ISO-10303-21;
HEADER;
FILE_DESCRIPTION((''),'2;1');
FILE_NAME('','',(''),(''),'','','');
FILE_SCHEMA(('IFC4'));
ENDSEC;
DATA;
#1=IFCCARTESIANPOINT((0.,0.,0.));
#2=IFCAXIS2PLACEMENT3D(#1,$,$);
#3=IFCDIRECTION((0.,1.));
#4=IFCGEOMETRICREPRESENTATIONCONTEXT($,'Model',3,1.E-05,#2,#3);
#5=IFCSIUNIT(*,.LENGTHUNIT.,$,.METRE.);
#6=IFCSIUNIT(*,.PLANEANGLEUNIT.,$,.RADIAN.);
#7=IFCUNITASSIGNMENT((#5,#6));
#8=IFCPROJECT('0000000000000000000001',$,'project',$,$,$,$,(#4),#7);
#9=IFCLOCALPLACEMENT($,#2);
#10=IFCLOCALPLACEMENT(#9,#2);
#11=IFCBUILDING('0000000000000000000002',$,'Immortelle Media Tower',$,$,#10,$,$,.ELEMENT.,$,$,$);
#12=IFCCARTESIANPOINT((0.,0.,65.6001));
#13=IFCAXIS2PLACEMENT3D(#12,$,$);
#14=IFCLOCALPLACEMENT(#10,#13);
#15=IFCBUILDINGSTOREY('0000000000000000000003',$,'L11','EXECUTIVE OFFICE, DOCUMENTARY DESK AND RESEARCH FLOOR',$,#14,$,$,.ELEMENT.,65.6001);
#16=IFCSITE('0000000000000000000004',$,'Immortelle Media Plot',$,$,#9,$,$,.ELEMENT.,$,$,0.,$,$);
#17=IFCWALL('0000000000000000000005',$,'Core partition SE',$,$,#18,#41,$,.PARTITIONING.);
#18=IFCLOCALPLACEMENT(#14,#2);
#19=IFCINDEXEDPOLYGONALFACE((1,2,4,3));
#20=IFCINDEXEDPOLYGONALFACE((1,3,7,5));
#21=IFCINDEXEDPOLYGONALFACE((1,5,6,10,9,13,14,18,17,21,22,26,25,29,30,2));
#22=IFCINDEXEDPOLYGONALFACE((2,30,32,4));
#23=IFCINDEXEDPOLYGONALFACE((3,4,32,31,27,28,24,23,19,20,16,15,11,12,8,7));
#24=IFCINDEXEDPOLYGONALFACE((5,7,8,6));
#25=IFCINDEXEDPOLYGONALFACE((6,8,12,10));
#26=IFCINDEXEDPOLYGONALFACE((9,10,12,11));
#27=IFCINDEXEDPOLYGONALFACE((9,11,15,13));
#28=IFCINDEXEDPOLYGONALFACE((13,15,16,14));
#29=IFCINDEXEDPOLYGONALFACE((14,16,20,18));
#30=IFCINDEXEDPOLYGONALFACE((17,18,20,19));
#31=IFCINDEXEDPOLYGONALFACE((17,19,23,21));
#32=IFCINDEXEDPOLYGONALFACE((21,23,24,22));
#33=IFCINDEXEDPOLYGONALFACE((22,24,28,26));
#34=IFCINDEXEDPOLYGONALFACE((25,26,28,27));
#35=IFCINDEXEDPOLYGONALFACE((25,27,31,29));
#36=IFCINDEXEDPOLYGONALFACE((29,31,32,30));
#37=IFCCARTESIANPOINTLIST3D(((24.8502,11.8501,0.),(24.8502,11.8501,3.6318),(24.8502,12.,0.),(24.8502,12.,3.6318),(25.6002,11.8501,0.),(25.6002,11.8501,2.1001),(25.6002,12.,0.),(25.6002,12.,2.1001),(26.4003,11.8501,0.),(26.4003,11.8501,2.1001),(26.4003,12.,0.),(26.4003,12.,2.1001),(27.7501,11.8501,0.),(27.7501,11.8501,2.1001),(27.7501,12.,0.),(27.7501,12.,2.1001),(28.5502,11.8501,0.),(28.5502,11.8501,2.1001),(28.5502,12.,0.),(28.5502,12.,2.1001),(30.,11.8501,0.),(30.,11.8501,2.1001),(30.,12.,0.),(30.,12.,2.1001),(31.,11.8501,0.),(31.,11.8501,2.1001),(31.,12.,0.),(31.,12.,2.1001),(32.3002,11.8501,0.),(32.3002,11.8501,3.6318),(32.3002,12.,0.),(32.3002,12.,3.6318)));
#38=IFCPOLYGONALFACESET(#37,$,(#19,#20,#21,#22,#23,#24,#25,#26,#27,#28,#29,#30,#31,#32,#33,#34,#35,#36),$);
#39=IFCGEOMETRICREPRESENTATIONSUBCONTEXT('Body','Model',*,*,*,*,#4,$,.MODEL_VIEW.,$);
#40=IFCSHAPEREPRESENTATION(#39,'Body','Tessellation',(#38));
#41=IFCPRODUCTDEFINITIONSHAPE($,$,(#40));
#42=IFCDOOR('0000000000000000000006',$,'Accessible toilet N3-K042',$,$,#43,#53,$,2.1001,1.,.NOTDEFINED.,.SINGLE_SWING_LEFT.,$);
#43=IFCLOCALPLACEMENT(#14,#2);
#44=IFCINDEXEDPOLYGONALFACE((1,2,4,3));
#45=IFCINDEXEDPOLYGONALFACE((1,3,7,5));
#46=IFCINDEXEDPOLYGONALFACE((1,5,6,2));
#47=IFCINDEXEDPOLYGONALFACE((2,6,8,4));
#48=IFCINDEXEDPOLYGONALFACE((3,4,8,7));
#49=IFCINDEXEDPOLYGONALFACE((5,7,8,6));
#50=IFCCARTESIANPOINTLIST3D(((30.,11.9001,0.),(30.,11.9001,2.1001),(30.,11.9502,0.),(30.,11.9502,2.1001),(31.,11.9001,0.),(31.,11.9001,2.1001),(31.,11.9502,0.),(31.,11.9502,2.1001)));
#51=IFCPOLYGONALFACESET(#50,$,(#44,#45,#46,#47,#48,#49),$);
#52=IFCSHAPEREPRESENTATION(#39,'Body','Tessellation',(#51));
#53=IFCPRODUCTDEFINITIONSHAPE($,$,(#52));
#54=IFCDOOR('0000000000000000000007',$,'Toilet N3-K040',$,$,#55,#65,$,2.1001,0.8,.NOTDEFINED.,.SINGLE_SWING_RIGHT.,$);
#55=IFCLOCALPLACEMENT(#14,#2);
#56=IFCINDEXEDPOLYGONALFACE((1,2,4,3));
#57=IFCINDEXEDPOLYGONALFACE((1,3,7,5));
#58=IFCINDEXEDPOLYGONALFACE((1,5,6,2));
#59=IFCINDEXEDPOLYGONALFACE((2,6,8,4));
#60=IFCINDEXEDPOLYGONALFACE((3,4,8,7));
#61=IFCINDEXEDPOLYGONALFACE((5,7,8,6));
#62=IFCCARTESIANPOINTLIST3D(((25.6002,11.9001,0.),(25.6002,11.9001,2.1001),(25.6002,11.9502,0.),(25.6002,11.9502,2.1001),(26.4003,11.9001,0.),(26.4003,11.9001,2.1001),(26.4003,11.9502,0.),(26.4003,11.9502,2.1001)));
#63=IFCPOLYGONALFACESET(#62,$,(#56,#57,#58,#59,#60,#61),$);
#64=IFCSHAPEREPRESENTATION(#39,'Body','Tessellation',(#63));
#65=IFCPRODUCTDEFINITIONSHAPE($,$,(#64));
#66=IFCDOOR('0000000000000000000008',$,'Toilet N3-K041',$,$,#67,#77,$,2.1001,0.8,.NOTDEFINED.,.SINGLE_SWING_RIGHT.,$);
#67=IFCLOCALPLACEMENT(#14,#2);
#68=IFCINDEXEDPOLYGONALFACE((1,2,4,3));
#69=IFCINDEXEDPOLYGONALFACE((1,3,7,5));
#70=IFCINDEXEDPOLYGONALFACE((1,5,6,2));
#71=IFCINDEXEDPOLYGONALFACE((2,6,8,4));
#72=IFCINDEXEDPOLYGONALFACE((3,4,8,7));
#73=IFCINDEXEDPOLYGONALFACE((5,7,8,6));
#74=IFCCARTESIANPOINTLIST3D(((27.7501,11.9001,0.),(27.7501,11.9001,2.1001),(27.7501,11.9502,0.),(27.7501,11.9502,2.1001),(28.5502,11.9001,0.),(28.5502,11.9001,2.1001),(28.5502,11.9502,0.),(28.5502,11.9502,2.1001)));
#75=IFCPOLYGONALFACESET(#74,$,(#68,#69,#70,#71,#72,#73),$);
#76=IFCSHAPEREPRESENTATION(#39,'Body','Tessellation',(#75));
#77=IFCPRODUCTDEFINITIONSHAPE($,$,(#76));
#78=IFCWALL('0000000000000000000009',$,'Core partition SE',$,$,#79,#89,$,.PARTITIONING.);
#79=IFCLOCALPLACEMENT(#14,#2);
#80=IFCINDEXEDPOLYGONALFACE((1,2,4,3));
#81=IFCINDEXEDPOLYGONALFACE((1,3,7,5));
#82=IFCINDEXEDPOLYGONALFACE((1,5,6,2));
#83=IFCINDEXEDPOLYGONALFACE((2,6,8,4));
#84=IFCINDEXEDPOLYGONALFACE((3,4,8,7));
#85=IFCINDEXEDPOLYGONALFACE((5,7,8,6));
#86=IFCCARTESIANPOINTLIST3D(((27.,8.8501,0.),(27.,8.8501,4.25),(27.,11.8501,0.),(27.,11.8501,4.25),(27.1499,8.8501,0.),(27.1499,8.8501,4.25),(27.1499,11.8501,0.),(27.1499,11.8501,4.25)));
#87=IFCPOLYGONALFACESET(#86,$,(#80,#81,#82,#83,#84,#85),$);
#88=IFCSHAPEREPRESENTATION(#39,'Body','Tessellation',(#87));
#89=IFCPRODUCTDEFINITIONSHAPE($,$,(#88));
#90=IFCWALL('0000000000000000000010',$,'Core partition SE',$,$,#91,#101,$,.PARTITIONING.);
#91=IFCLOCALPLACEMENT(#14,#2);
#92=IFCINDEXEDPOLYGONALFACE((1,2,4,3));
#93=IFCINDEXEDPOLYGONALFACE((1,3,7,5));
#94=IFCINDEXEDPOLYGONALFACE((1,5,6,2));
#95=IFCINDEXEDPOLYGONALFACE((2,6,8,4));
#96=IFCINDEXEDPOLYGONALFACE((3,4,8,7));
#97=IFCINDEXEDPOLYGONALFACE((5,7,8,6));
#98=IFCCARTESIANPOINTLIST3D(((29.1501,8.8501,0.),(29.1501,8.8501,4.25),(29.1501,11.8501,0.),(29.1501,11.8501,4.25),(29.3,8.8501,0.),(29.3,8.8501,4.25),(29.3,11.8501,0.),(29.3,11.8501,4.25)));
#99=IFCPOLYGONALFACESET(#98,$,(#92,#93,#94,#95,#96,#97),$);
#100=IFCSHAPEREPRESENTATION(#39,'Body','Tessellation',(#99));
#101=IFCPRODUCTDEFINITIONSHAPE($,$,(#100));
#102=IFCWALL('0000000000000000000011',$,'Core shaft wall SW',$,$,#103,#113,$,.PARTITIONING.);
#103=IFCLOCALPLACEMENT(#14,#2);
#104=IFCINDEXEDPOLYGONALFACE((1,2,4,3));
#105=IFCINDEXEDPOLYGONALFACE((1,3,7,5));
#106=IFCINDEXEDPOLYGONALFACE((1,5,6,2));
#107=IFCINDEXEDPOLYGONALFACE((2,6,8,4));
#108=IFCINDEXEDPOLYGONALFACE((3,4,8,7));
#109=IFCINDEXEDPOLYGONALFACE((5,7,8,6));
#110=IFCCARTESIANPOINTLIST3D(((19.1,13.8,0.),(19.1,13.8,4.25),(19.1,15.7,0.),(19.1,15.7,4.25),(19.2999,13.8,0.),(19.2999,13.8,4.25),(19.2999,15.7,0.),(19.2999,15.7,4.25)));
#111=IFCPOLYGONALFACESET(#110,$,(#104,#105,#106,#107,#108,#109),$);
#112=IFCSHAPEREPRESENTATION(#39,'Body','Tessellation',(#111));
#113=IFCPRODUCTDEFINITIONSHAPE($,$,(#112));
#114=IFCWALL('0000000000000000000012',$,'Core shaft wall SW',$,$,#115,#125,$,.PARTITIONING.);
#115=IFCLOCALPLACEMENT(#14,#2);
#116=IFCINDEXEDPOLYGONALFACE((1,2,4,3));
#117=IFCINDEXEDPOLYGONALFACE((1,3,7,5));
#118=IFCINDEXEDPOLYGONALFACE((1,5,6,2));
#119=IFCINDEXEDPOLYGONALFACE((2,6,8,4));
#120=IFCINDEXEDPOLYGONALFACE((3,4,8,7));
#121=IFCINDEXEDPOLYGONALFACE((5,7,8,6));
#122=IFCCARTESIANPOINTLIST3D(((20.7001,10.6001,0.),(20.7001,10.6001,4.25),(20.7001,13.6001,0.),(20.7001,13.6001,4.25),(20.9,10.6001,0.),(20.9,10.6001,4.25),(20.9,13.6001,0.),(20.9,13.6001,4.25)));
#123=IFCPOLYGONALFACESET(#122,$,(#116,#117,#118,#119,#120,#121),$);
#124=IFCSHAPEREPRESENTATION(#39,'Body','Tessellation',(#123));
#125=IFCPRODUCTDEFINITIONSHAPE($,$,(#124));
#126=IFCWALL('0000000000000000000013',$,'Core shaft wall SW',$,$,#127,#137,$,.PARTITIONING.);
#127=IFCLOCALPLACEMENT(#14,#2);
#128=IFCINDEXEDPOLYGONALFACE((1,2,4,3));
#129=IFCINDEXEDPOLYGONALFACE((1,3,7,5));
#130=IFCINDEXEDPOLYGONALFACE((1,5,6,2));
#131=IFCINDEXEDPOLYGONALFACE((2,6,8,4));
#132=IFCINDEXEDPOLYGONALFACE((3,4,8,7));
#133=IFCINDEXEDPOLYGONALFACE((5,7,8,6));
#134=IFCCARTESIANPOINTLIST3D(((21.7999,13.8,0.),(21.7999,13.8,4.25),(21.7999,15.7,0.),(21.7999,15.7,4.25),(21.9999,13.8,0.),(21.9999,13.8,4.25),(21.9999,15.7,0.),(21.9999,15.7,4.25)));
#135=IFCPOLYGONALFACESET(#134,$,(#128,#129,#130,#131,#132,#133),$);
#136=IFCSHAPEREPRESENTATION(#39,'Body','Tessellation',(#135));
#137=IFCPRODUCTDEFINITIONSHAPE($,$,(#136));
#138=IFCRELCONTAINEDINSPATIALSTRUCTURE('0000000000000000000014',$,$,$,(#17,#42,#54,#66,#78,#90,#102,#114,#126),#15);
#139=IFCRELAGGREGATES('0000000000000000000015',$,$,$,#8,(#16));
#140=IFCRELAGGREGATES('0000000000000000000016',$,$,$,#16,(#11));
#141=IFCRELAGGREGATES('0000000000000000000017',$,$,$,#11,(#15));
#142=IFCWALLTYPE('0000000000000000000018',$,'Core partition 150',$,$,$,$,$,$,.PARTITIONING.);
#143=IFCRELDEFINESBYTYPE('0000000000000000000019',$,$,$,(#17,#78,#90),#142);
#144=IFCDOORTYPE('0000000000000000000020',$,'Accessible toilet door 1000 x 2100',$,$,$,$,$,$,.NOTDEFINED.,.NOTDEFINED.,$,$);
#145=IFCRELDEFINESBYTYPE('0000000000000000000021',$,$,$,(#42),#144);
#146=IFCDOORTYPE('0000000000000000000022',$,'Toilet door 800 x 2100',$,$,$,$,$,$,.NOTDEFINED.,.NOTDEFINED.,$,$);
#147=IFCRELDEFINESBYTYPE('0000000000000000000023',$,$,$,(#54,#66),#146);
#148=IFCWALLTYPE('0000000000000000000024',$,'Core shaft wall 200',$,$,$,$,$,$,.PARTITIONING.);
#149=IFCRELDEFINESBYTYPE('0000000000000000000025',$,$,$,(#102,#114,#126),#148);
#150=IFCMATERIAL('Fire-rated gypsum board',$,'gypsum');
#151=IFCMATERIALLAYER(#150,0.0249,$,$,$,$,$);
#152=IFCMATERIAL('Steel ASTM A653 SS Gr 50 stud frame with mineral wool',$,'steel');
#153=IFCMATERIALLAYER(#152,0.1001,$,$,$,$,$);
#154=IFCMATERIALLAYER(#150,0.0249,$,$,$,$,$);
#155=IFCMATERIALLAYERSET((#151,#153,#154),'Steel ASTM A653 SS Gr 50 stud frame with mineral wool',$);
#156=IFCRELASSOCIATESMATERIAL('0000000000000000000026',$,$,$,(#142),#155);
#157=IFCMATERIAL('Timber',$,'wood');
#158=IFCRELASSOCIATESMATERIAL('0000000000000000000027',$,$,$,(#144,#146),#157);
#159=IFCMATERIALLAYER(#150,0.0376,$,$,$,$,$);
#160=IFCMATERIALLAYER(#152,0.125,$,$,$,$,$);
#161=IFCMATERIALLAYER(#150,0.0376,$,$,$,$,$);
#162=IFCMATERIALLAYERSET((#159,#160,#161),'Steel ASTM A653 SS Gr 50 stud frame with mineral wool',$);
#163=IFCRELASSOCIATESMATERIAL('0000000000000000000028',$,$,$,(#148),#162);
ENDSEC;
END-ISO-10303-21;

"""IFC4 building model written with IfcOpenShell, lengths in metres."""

from ifc_helpers import new_model, si_unit, direction, frame, frame_2d, origin, place, context, subcontext, project, spatial, rectangle, extrude, material, layer, layer_set, type_object, element, fill, save


model = new_model("IFC4")

# Units and contexts
model_context = context("Model", 3, precision=1e-05, world=origin(), true_north=direction((0.0, 1.0)))
body_context = subcontext(model_context, "Body", "Model", "MODEL_VIEW")
ifc_project = project(units=[si_unit("LENGTHUNIT", "METRE"), si_unit("PLANEANGLEUNIT", "RADIAN")], contexts=[model_context])

# Site, building, storey
site_placement = place(None, origin())
site = spatial("IfcSite", under=ifc_project, at=site_placement, Name="Immortelle Media Plot", CompositionType="ELEMENT", RefElevation=0.0)
building_placement = place(site_placement, origin())
building = spatial("IfcBuilding", under=site, at=building_placement, Name="Immortelle Media Tower", CompositionType="ELEMENT")
storey_placement = place(building_placement, frame((0.0, 0.0, 65.6001)))
storey = spatial("IfcBuildingStorey", under=building, at=storey_placement, Name="L11", Description="EXECUTIVE OFFICE, DOCUMENTARY DESK AND RESEARCH FLOOR", CompositionType="ELEMENT", Elevation=65.6001)

# Wall, openings, doors
ifc_material_1 = material(Name="Fire-rated gypsum board", Category="gypsum")
ifc_layer_1 = layer(ifc_material_1, 0.0249)
ifc_material_2 = material(Name="Steel ASTM A653 SS Gr 50 stud frame with mineral wool", Category="steel")
ifc_layer_2 = layer(ifc_material_2, 0.1001)
ifc_layer_3 = layer(ifc_material_1, 0.0249)
ifc_layer_set_1 = layer_set([ifc_layer_1, ifc_layer_2, ifc_layer_3], Name="Steel ASTM A653 SS Gr 50 stud frame with mineral wool")
wall_type_1 = type_object("IfcWallType", Name="Core partition 150", PredefinedType="PARTITIONING", material=ifc_layer_set_1)
wall_1_placement = place(storey_placement, frame((24.8501, 11.925, 0.0), z_axis=(0.0, 0.0, 1.0), x_axis=(1.0, 0.0, 0.0)))
wall_1 = element("IfcWall", 1, at=wall_1_placement, inside=storey, type_object=wall_type_1, Name="Core partition SE", PredefinedType="PARTITIONING", context=body_context, shape_type="SweptSolid", body=[
    extrude(rectangle(XDim=7.45, YDim=0.1499, at=frame_2d((3.7251, 0.0))), origin(), (0.0, 0.0, 1.0), 3.6318),
])
opening_1_placement = place(wall_1_placement, frame((1.55, 0.0, 0.0), z_axis=(0.0, 0.0, 1.0), x_axis=(-1.0, 0.0, 0.0)))
opening_1 = element("IfcOpeningElement", 2, at=opening_1_placement, cuts=wall_1, PredefinedType="OPENING", context=body_context, shape_type="SweptSolid", body=[
    extrude(rectangle(XDim=0.8, YDim=2.1001, at=frame_2d((0.3999, 1.05))), frame((0.0, 0.085, 0.0), z_axis=(0.0, -1.0, 0.0), x_axis=(1.0, 0.0, 0.0)), (0.0, 0.0, 1.0), 0.1699),
])
opening_2_placement = place(wall_1_placement, frame((3.7, 0.0, 0.0), z_axis=(0.0, 0.0, 1.0), x_axis=(-1.0, 0.0, 0.0)))
opening_2 = element("IfcOpeningElement", 3, at=opening_2_placement, cuts=wall_1, PredefinedType="OPENING", context=body_context, shape_type="SweptSolid", body=[
    extrude(rectangle(XDim=0.8, YDim=2.1001, at=frame_2d((0.3999, 1.05))), frame((0.0, 0.085, 0.0), z_axis=(0.0, -1.0, 0.0), x_axis=(1.0, 0.0, 0.0)), (0.0, 0.0, 1.0), 0.1699),
])
opening_3_placement = place(wall_1_placement, frame((6.1499, 0.0, 0.0), z_axis=(0.0, 0.0, 1.0), x_axis=(-1.0, 0.0, 0.0)))
opening_3 = element("IfcOpeningElement", 4, at=opening_3_placement, cuts=wall_1, PredefinedType="OPENING", context=body_context, shape_type="SweptSolid", body=[
    extrude(rectangle(XDim=1.0, YDim=2.1001, at=frame_2d((0.5, 1.05))), frame((0.0, 0.085, 0.0), z_axis=(0.0, -1.0, 0.0), x_axis=(1.0, 0.0, 0.0)), (0.0, 0.0, 1.0), 0.1699),
])
ifc_material_3 = material(Name="Timber", Category="wood")
door_type_1 = type_object("IfcDoorType", Name="Accessible toilet door 1000 x 2100", OperationType="NOTDEFINED", PredefinedType="NOTDEFINED", material=ifc_material_3)
door_1_placement = place(opening_3_placement, origin())
door_1 = element("IfcDoor", 5, at=door_1_placement, inside=storey, type_object=door_type_1, Name="Accessible toilet N3-K042", OperationType="SINGLE_SWING_LEFT", OverallHeight=2.1001, OverallWidth=1.0, PredefinedType="NOTDEFINED", context=body_context, shape_type="SweptSolid", body=[
    extrude(rectangle(XDim=1.0, YDim=2.1001, at=frame_2d((0.5, 1.05))), frame((0.0, 0.0249, 0.0), z_axis=(0.0, -1.0, 0.0), x_axis=(1.0, 0.0, 0.0)), (0.0, 0.0, 1.0), 0.05),
])
fill(opening_3, door_1)
door_type_2 = type_object("IfcDoorType", Name="Toilet door 800 x 2100", OperationType="NOTDEFINED", PredefinedType="NOTDEFINED", material=ifc_material_3)
door_2_placement = place(opening_1_placement, origin())
door_2 = element("IfcDoor", 6, at=door_2_placement, inside=storey, type_object=door_type_2, Name="Toilet N3-K040", OperationType="SINGLE_SWING_RIGHT", OverallHeight=2.1001, OverallWidth=0.8, PredefinedType="NOTDEFINED", context=body_context, shape_type="SweptSolid", body=[
    extrude(rectangle(XDim=0.8, YDim=2.1001, at=frame_2d((0.3999, 1.05))), frame((0.0, 0.0249, 0.0), z_axis=(0.0, -1.0, 0.0), x_axis=(1.0, 0.0, 0.0)), (0.0, 0.0, 1.0), 0.05),
])
fill(opening_1, door_2)
door_3_placement = place(opening_2_placement, origin())
door_3 = element("IfcDoor", 7, at=door_3_placement, inside=storey, type_object=door_type_2, Name="Toilet N3-K041", OperationType="SINGLE_SWING_RIGHT", OverallHeight=2.1001, OverallWidth=0.8, PredefinedType="NOTDEFINED", context=body_context, shape_type="SweptSolid", body=[
    extrude(rectangle(XDim=0.8, YDim=2.1001, at=frame_2d((0.3999, 1.05))), frame((0.0, 0.0249, 0.0), z_axis=(0.0, -1.0, 0.0), x_axis=(1.0, 0.0, 0.0)), (0.0, 0.0, 1.0), 0.05),
])
fill(opening_2, door_3)

# Walls
for number, where, z_axis, x_axis, name in (
    (8, (27.075, 8.8501, 0.0), (0.0, 0.0, 1.0), (0.0, 1.0, 0.0), "Core partition SE"),
    (9, (29.2251, 8.8501, 0.0), (0.0, 0.0, 1.0), (0.0, 1.0, 0.0), "Core partition SE"),
):
    element("IfcWall", number, at=place(storey_placement, frame(where, z_axis=z_axis, x_axis=x_axis)), inside=storey, type_object=wall_type_1, Name=name, PredefinedType="PARTITIONING", context=body_context, shape_type="SweptSolid", body=[
        extrude(rectangle(XDim=3.0, YDim=0.1499, at=frame_2d((1.5, 0.0))), origin(), (0.0, 0.0, 1.0), 4.25),
    ])
ifc_layer_4 = layer(ifc_material_1, 0.0376)
ifc_layer_5 = layer(ifc_material_2, 0.125)
ifc_layer_6 = layer(ifc_material_1, 0.0376)
ifc_layer_set_2 = layer_set([ifc_layer_4, ifc_layer_5, ifc_layer_6], Name="Steel ASTM A653 SS Gr 50 stud frame with mineral wool")
wall_type_2 = type_object("IfcWallType", Name="Core shaft wall 200", PredefinedType="PARTITIONING", material=ifc_layer_set_2)
wall_2_placement = place(storey_placement, frame((19.2, 13.8, 0.0), z_axis=(0.0, 0.0, 1.0), x_axis=(0.0, 1.0, 0.0)))
element("IfcWall", 10, at=wall_2_placement, inside=storey, type_object=wall_type_2, Name="Core shaft wall SW", PredefinedType="PARTITIONING", context=body_context, shape_type="SweptSolid", body=[
    extrude(rectangle(XDim=1.8999, YDim=0.2, at=frame_2d((0.95, 0.0))), origin(), (0.0, 0.0, 1.0), 4.25),
])
wall_3_placement = place(storey_placement, frame((20.8, 10.6001, 0.0), z_axis=(0.0, 0.0, 1.0), x_axis=(0.0, 1.0, 0.0)))
element("IfcWall", 11, at=wall_3_placement, inside=storey, type_object=wall_type_2, Name="Core shaft wall SW", PredefinedType="PARTITIONING", context=body_context, shape_type="SweptSolid", body=[
    extrude(rectangle(XDim=3.0, YDim=0.2, at=frame_2d((1.5, 0.0))), origin(), (0.0, 0.0, 1.0), 4.25),
])
wall_4_placement = place(storey_placement, frame((21.8999, 13.8, 0.0), z_axis=(0.0, 0.0, 1.0), x_axis=(0.0, 1.0, 0.0)))
element("IfcWall", 12, at=wall_4_placement, inside=storey, type_object=wall_type_2, Name="Core shaft wall SW", PredefinedType="PARTITIONING", context=body_context, shape_type="SweptSolid", body=[
    extrude(rectangle(XDim=1.8999, YDim=0.2, at=frame_2d((0.95, 0.0))), origin(), (0.0, 0.0, 1.0), 4.25),
])

save(model, "model.ifc")
